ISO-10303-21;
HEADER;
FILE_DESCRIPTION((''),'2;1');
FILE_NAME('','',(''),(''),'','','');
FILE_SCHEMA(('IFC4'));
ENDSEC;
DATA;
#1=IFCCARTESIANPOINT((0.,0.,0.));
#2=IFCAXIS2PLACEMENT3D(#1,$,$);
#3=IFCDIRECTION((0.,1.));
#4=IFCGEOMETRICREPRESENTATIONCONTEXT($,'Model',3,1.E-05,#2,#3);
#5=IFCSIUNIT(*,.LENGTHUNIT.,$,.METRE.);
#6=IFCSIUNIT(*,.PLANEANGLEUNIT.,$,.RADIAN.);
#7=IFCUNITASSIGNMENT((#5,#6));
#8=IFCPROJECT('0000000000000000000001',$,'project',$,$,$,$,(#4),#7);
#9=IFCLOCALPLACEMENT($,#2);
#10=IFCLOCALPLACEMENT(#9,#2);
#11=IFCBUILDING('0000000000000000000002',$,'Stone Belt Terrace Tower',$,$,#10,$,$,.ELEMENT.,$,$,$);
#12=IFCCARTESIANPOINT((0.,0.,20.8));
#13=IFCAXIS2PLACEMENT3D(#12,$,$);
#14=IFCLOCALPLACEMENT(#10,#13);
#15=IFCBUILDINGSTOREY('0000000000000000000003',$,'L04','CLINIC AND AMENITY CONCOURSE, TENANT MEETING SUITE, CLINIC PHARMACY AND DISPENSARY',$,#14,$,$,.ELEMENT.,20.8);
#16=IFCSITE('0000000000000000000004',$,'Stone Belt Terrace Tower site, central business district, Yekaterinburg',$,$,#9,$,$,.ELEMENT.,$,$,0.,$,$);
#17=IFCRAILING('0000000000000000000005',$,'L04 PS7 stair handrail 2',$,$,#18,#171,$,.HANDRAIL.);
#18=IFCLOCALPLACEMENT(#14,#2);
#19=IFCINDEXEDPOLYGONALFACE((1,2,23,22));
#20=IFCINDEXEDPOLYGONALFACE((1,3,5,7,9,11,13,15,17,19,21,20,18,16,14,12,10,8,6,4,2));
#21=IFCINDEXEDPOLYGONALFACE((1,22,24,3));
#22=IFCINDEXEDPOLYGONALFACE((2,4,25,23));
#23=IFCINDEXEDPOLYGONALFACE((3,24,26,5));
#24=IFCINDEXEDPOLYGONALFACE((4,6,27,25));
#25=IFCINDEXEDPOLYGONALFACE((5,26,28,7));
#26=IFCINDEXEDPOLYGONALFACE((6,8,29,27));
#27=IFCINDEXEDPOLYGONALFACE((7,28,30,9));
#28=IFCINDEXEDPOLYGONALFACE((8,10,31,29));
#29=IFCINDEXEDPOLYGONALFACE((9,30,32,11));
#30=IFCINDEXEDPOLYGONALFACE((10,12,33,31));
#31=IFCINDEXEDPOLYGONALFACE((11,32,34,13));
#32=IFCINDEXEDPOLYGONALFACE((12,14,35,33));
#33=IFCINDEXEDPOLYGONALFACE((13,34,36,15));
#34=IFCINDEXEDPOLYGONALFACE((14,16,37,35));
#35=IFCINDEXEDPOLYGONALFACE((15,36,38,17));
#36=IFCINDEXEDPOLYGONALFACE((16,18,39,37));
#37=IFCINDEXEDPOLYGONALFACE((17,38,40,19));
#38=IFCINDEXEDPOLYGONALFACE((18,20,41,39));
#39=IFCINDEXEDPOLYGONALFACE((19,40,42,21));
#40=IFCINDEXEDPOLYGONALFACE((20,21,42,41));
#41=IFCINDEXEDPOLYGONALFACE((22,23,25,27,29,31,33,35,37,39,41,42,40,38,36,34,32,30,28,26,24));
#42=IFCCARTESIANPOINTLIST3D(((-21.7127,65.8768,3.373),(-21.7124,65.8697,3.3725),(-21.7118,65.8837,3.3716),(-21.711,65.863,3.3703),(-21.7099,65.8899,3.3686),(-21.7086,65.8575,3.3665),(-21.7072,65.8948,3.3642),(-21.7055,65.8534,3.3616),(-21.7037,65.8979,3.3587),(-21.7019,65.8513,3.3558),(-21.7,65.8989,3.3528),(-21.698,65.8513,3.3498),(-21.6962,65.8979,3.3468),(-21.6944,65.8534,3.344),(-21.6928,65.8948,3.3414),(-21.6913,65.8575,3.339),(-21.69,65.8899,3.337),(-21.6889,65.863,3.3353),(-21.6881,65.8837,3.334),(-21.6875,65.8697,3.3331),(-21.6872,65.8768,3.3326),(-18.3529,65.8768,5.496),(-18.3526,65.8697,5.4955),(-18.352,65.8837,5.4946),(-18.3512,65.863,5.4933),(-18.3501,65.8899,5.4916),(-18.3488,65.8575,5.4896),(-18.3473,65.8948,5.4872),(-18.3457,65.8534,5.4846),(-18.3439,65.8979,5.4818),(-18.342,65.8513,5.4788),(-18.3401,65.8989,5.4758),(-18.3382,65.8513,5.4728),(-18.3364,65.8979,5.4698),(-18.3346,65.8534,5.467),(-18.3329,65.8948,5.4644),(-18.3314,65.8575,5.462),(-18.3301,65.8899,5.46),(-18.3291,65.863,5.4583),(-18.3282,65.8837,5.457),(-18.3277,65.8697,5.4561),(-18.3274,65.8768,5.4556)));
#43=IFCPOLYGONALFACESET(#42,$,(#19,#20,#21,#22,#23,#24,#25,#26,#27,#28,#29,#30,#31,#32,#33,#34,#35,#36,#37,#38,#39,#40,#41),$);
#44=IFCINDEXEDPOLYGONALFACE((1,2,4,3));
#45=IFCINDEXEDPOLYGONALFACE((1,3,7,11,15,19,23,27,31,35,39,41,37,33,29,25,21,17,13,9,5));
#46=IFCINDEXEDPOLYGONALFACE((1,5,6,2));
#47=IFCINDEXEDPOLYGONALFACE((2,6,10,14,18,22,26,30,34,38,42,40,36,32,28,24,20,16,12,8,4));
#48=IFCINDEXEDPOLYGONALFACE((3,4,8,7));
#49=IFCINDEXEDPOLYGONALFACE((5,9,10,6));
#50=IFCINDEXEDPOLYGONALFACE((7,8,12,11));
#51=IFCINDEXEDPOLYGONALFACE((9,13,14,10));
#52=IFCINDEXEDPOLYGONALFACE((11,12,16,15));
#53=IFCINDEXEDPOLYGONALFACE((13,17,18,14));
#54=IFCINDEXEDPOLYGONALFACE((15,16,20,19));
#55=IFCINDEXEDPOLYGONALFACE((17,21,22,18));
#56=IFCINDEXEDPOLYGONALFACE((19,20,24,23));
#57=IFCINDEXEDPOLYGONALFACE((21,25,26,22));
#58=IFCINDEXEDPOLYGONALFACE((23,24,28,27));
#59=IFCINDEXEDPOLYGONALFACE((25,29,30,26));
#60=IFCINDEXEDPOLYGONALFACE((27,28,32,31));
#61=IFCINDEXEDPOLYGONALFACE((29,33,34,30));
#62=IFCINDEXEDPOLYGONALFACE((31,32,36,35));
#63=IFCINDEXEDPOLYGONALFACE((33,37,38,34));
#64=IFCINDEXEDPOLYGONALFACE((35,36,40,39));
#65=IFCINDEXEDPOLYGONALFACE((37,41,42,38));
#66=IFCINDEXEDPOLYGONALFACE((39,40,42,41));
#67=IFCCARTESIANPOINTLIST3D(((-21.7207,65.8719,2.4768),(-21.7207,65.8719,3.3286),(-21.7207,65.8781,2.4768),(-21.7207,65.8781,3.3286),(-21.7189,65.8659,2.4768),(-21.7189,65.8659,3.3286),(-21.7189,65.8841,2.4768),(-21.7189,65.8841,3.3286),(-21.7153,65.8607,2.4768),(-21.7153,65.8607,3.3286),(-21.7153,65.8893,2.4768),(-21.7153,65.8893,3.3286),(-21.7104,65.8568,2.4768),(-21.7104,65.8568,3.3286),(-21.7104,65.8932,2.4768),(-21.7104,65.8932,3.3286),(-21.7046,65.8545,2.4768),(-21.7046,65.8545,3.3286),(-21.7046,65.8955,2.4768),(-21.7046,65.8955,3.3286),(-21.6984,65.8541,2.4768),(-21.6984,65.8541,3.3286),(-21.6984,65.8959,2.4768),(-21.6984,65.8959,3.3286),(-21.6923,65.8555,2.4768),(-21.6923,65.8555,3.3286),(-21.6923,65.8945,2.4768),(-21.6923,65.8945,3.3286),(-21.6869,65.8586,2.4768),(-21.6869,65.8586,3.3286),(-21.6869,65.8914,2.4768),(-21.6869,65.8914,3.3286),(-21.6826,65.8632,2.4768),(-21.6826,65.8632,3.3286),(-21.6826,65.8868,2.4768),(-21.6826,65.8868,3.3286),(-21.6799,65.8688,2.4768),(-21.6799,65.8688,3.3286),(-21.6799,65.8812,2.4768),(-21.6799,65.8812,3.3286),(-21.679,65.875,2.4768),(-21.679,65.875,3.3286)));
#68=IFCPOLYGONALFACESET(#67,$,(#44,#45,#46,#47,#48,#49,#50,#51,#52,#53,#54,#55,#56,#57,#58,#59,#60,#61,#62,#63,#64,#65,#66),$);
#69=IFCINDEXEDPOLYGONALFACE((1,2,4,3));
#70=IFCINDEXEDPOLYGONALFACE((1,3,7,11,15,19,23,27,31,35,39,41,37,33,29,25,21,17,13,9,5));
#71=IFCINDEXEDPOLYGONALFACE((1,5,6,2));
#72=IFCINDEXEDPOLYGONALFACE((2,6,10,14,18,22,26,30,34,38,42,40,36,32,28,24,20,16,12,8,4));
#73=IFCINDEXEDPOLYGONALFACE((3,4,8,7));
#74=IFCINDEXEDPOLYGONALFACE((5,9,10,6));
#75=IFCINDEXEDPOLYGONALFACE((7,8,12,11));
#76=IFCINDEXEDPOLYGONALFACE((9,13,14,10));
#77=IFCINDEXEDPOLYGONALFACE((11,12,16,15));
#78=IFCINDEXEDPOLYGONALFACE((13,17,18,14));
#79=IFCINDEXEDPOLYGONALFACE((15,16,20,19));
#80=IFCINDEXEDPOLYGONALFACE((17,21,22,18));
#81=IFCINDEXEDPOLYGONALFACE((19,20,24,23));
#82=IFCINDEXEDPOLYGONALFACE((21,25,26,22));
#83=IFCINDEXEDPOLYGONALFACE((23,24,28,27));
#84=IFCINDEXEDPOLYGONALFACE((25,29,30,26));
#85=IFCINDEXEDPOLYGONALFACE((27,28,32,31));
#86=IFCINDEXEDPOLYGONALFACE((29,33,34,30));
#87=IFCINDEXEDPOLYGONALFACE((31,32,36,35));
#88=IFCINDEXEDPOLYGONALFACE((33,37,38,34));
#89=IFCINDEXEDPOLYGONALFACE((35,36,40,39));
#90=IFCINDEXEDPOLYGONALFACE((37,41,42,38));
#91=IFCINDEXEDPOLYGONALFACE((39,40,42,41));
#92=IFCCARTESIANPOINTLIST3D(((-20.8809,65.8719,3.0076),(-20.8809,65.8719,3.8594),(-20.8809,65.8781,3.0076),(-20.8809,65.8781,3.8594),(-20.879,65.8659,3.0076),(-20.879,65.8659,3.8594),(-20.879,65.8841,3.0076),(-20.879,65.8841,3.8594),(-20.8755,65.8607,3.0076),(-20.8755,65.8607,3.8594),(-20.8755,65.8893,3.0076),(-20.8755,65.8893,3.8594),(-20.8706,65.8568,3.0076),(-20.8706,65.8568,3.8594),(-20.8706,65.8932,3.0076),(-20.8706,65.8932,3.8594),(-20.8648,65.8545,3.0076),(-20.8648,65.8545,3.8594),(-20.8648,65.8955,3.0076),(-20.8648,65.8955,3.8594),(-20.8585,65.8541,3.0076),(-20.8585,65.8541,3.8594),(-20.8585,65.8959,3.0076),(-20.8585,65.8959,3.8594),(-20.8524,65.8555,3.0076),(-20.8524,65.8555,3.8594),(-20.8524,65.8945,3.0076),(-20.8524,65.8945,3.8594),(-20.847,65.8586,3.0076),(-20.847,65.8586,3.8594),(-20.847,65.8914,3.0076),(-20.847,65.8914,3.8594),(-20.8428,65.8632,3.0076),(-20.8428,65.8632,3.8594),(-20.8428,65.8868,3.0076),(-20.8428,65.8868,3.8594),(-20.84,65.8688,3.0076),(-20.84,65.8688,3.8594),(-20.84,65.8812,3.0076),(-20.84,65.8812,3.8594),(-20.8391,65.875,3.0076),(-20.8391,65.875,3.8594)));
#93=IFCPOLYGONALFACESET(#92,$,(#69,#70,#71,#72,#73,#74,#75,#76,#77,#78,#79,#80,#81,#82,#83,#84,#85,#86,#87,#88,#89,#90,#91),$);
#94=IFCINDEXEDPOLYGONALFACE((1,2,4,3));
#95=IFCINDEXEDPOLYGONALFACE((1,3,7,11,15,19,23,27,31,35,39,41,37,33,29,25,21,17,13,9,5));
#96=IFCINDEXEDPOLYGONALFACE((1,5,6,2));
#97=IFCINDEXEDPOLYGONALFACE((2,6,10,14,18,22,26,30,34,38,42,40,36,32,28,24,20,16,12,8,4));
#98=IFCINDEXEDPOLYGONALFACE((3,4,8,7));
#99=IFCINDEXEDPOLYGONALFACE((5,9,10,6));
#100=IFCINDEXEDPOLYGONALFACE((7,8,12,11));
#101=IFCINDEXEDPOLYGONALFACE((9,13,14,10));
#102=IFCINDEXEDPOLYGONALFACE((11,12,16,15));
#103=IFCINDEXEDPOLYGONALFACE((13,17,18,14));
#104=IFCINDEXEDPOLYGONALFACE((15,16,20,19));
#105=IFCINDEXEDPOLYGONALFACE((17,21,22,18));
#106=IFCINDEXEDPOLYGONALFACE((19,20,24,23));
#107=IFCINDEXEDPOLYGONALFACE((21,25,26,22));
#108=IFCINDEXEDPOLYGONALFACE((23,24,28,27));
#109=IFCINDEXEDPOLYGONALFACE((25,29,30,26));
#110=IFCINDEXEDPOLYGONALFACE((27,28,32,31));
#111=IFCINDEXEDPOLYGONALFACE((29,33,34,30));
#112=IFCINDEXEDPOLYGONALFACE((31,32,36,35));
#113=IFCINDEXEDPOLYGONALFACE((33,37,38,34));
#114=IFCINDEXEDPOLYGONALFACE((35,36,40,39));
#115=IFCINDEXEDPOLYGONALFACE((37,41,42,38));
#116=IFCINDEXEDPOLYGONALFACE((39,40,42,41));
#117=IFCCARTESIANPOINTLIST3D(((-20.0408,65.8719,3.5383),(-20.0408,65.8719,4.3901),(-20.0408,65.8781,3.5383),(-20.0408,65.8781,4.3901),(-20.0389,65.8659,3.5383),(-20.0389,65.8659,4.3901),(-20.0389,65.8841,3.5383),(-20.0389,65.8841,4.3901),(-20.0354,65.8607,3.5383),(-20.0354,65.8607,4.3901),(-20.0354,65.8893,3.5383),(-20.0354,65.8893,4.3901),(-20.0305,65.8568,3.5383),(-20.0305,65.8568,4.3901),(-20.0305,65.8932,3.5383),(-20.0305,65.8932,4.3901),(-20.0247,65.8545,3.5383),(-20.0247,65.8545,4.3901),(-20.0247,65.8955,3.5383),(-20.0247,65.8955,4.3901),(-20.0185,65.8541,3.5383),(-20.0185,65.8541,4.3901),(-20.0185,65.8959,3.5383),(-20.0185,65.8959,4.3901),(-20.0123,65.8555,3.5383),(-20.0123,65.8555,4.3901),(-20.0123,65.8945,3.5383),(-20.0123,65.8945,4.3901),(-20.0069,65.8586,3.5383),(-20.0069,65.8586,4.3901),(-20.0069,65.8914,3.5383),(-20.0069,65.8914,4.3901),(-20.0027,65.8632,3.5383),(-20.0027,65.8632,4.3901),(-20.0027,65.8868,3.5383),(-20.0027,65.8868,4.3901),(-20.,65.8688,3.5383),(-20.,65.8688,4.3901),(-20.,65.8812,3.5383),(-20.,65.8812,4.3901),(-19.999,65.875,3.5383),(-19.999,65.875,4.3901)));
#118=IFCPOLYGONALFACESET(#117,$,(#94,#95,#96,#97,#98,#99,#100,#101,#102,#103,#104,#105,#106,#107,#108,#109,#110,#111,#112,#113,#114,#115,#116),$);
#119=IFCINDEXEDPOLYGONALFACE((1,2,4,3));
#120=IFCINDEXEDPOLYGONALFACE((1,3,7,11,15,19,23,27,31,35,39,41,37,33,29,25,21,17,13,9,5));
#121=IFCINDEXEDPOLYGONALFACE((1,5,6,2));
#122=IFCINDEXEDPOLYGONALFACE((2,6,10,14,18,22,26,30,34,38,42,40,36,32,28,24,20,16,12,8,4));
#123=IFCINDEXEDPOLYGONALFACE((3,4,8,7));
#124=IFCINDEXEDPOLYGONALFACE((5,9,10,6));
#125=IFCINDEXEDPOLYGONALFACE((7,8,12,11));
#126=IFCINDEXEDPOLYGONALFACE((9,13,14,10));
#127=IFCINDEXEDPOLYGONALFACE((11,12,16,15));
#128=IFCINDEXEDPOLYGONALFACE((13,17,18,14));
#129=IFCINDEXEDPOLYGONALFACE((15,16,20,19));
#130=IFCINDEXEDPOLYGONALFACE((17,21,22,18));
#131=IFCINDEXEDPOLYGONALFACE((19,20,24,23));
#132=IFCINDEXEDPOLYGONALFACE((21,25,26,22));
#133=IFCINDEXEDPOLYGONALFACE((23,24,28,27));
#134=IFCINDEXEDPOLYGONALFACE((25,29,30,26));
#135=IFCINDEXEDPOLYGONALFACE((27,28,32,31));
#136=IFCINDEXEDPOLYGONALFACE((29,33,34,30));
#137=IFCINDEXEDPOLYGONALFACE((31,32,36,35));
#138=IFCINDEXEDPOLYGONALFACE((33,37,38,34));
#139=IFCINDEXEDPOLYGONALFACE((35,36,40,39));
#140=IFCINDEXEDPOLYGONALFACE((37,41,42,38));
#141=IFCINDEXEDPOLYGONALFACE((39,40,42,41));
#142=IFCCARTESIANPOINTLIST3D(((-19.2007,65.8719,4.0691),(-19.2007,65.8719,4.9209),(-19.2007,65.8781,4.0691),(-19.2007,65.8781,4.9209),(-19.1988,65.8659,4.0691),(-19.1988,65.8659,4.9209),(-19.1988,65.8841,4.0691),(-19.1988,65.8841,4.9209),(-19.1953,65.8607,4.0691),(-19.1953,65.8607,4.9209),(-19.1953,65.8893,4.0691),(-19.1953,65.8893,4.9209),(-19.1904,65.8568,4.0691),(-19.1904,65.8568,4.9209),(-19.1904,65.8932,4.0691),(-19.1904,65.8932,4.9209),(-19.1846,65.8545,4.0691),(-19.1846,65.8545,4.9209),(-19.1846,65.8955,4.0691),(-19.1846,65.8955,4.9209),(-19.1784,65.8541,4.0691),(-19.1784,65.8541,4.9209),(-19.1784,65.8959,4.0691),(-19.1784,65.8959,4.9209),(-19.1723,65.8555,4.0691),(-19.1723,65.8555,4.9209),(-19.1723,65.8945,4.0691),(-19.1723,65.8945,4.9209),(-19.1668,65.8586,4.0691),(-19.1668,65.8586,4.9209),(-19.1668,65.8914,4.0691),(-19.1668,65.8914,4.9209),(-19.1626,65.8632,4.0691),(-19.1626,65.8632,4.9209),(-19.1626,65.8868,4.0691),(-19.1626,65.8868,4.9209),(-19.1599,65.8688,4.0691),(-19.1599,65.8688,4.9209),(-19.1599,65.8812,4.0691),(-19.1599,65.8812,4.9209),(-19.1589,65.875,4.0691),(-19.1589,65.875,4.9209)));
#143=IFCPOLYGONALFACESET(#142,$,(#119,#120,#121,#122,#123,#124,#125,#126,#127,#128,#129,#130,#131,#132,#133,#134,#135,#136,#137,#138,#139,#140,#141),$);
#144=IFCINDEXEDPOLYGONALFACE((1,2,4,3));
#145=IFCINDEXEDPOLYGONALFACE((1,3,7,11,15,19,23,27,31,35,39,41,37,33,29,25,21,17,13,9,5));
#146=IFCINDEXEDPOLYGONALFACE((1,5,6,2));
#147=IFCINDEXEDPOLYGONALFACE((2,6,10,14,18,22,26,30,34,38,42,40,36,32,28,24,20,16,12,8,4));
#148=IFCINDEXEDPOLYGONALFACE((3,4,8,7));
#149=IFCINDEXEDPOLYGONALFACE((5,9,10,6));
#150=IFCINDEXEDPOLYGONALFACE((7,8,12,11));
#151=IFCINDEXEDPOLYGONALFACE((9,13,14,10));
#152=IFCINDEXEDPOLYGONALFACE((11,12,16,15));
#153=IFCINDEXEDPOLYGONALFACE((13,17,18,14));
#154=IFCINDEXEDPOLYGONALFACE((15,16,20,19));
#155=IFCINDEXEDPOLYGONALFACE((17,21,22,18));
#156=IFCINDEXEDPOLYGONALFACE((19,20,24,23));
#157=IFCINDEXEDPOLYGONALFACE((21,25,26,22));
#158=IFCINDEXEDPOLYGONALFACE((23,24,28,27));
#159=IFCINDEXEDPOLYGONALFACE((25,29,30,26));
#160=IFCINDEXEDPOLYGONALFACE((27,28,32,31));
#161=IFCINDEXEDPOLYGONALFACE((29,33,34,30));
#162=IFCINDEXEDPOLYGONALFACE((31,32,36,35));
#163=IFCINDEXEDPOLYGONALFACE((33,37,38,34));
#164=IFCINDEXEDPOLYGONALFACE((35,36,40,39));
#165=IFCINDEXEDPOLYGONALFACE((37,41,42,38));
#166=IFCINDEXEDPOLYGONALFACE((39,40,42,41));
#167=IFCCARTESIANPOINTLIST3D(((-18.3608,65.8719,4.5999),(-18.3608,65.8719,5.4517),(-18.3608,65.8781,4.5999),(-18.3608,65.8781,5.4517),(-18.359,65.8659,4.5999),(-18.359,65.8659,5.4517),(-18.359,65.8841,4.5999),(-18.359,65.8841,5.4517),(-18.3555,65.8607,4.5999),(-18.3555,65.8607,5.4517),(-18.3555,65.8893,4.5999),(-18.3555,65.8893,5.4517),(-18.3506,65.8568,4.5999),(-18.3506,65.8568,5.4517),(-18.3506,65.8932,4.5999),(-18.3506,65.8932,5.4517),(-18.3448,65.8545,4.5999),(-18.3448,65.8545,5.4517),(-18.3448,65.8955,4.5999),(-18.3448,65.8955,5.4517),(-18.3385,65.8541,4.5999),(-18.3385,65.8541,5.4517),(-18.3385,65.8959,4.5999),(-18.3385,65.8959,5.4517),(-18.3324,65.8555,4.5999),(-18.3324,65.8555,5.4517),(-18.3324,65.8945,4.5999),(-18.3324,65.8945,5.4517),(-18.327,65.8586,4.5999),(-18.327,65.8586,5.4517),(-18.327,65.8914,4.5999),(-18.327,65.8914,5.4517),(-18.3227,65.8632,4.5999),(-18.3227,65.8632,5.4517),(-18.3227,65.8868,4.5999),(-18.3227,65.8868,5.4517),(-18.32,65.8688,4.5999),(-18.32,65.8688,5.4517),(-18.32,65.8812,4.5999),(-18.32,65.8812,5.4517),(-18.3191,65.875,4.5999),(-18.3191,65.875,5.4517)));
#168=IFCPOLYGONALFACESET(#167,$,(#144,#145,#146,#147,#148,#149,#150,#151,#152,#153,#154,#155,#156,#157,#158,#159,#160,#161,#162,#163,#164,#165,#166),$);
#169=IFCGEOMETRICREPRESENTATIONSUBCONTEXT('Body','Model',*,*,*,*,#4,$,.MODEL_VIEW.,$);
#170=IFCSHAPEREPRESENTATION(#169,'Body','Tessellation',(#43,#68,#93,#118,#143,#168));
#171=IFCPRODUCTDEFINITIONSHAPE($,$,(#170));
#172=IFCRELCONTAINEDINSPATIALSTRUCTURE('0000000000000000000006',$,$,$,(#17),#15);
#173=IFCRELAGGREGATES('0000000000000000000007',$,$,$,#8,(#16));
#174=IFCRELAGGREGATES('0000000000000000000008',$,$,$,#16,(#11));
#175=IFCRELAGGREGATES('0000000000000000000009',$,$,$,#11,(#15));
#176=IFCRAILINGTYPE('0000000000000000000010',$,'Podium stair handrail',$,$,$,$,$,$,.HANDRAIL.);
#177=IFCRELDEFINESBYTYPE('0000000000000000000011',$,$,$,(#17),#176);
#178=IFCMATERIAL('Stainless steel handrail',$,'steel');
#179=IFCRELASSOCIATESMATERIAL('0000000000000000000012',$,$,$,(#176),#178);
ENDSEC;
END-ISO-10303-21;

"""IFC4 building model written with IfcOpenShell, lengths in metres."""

from ifc_helpers import new_model, si_unit, direction, frame, origin, origin_2d, place, context, subcontext, project, spatial, circle, extrude, material, type_object, element, save


model = new_model("IFC4")

# Units and contexts
model_context = context("Model", 3, precision=1e-05, world=origin(), true_north=direction((0.0, 1.0)))
body_context = subcontext(model_context, "Body", "Model", "MODEL_VIEW")
ifc_project = project(units=[si_unit("LENGTHUNIT", "METRE"), si_unit("PLANEANGLEUNIT", "RADIAN")], contexts=[model_context])

# Site, building, storey
site_placement = place(None, origin())
site = spatial("IfcSite", under=ifc_project, at=site_placement, Name="Stone Belt Terrace Tower site, central business district, Yekaterinburg", CompositionType="ELEMENT", RefElevation=0.0)
building_placement = place(site_placement, origin())
building = spatial("IfcBuilding", under=site, at=building_placement, Name="Stone Belt Terrace Tower", CompositionType="ELEMENT")
storey_placement = place(building_placement, frame((0.0, 0.0, 20.8)))
storey = spatial("IfcBuildingStorey", under=building, at=storey_placement, Name="L04", Description="CLINIC AND AMENITY CONCOURSE, TENANT MEETING SUITE, CLINIC PHARMACY AND DISPENSARY", CompositionType="ELEMENT", Elevation=20.8)

# Railing
ifc_material_1 = material(Name="Stainless steel handrail", Category="steel")
railing_type_1 = type_object("IfcRailingType", Name="Podium stair handrail", PredefinedType="HANDRAIL", material=ifc_material_1)
railing_1_placement = place(storey_placement, frame((-21.7, 65.875, 2.4768)))
element("IfcRailing", 1, at=railing_1_placement, inside=storey, type_object=railing_type_1, Name="L04 PS7 stair handrail 2", PredefinedType="HANDRAIL", context=body_context, shape_type="SweptSolid", body=[
    extrude(circle(Radius=0.0239, at=origin_2d()), frame((0.0, 0.0, 0.876), z_axis=(0.845372, 0.0, 0.534178), x_axis=(0.0, 1.0, 0.0)), (0.0, 0.0, 1.0), 3.9744),
    extrude(circle(Radius=0.021, at=origin_2d()), origin(), (0.0, 0.0, 1.0), 0.8518),
    extrude(circle(Radius=0.021, at=origin_2d()), frame((0.8398, 0.0, 0.5308)), (0.0, 0.0, 1.0), 0.8518),
    extrude(circle(Radius=0.021, at=origin_2d()), frame((1.6799, 0.0, 1.0615)), (0.0, 0.0, 1.0), 0.8518),
    extrude(circle(Radius=0.021, at=origin_2d()), frame((2.52, 0.0, 1.5923)), (0.0, 0.0, 1.0), 0.8518),
    extrude(circle(Radius=0.021, at=origin_2d()), frame((3.3599, 0.0, 2.123)), (0.0, 0.0, 1.0), 0.8518),
])

save(model, "model.ifc")
